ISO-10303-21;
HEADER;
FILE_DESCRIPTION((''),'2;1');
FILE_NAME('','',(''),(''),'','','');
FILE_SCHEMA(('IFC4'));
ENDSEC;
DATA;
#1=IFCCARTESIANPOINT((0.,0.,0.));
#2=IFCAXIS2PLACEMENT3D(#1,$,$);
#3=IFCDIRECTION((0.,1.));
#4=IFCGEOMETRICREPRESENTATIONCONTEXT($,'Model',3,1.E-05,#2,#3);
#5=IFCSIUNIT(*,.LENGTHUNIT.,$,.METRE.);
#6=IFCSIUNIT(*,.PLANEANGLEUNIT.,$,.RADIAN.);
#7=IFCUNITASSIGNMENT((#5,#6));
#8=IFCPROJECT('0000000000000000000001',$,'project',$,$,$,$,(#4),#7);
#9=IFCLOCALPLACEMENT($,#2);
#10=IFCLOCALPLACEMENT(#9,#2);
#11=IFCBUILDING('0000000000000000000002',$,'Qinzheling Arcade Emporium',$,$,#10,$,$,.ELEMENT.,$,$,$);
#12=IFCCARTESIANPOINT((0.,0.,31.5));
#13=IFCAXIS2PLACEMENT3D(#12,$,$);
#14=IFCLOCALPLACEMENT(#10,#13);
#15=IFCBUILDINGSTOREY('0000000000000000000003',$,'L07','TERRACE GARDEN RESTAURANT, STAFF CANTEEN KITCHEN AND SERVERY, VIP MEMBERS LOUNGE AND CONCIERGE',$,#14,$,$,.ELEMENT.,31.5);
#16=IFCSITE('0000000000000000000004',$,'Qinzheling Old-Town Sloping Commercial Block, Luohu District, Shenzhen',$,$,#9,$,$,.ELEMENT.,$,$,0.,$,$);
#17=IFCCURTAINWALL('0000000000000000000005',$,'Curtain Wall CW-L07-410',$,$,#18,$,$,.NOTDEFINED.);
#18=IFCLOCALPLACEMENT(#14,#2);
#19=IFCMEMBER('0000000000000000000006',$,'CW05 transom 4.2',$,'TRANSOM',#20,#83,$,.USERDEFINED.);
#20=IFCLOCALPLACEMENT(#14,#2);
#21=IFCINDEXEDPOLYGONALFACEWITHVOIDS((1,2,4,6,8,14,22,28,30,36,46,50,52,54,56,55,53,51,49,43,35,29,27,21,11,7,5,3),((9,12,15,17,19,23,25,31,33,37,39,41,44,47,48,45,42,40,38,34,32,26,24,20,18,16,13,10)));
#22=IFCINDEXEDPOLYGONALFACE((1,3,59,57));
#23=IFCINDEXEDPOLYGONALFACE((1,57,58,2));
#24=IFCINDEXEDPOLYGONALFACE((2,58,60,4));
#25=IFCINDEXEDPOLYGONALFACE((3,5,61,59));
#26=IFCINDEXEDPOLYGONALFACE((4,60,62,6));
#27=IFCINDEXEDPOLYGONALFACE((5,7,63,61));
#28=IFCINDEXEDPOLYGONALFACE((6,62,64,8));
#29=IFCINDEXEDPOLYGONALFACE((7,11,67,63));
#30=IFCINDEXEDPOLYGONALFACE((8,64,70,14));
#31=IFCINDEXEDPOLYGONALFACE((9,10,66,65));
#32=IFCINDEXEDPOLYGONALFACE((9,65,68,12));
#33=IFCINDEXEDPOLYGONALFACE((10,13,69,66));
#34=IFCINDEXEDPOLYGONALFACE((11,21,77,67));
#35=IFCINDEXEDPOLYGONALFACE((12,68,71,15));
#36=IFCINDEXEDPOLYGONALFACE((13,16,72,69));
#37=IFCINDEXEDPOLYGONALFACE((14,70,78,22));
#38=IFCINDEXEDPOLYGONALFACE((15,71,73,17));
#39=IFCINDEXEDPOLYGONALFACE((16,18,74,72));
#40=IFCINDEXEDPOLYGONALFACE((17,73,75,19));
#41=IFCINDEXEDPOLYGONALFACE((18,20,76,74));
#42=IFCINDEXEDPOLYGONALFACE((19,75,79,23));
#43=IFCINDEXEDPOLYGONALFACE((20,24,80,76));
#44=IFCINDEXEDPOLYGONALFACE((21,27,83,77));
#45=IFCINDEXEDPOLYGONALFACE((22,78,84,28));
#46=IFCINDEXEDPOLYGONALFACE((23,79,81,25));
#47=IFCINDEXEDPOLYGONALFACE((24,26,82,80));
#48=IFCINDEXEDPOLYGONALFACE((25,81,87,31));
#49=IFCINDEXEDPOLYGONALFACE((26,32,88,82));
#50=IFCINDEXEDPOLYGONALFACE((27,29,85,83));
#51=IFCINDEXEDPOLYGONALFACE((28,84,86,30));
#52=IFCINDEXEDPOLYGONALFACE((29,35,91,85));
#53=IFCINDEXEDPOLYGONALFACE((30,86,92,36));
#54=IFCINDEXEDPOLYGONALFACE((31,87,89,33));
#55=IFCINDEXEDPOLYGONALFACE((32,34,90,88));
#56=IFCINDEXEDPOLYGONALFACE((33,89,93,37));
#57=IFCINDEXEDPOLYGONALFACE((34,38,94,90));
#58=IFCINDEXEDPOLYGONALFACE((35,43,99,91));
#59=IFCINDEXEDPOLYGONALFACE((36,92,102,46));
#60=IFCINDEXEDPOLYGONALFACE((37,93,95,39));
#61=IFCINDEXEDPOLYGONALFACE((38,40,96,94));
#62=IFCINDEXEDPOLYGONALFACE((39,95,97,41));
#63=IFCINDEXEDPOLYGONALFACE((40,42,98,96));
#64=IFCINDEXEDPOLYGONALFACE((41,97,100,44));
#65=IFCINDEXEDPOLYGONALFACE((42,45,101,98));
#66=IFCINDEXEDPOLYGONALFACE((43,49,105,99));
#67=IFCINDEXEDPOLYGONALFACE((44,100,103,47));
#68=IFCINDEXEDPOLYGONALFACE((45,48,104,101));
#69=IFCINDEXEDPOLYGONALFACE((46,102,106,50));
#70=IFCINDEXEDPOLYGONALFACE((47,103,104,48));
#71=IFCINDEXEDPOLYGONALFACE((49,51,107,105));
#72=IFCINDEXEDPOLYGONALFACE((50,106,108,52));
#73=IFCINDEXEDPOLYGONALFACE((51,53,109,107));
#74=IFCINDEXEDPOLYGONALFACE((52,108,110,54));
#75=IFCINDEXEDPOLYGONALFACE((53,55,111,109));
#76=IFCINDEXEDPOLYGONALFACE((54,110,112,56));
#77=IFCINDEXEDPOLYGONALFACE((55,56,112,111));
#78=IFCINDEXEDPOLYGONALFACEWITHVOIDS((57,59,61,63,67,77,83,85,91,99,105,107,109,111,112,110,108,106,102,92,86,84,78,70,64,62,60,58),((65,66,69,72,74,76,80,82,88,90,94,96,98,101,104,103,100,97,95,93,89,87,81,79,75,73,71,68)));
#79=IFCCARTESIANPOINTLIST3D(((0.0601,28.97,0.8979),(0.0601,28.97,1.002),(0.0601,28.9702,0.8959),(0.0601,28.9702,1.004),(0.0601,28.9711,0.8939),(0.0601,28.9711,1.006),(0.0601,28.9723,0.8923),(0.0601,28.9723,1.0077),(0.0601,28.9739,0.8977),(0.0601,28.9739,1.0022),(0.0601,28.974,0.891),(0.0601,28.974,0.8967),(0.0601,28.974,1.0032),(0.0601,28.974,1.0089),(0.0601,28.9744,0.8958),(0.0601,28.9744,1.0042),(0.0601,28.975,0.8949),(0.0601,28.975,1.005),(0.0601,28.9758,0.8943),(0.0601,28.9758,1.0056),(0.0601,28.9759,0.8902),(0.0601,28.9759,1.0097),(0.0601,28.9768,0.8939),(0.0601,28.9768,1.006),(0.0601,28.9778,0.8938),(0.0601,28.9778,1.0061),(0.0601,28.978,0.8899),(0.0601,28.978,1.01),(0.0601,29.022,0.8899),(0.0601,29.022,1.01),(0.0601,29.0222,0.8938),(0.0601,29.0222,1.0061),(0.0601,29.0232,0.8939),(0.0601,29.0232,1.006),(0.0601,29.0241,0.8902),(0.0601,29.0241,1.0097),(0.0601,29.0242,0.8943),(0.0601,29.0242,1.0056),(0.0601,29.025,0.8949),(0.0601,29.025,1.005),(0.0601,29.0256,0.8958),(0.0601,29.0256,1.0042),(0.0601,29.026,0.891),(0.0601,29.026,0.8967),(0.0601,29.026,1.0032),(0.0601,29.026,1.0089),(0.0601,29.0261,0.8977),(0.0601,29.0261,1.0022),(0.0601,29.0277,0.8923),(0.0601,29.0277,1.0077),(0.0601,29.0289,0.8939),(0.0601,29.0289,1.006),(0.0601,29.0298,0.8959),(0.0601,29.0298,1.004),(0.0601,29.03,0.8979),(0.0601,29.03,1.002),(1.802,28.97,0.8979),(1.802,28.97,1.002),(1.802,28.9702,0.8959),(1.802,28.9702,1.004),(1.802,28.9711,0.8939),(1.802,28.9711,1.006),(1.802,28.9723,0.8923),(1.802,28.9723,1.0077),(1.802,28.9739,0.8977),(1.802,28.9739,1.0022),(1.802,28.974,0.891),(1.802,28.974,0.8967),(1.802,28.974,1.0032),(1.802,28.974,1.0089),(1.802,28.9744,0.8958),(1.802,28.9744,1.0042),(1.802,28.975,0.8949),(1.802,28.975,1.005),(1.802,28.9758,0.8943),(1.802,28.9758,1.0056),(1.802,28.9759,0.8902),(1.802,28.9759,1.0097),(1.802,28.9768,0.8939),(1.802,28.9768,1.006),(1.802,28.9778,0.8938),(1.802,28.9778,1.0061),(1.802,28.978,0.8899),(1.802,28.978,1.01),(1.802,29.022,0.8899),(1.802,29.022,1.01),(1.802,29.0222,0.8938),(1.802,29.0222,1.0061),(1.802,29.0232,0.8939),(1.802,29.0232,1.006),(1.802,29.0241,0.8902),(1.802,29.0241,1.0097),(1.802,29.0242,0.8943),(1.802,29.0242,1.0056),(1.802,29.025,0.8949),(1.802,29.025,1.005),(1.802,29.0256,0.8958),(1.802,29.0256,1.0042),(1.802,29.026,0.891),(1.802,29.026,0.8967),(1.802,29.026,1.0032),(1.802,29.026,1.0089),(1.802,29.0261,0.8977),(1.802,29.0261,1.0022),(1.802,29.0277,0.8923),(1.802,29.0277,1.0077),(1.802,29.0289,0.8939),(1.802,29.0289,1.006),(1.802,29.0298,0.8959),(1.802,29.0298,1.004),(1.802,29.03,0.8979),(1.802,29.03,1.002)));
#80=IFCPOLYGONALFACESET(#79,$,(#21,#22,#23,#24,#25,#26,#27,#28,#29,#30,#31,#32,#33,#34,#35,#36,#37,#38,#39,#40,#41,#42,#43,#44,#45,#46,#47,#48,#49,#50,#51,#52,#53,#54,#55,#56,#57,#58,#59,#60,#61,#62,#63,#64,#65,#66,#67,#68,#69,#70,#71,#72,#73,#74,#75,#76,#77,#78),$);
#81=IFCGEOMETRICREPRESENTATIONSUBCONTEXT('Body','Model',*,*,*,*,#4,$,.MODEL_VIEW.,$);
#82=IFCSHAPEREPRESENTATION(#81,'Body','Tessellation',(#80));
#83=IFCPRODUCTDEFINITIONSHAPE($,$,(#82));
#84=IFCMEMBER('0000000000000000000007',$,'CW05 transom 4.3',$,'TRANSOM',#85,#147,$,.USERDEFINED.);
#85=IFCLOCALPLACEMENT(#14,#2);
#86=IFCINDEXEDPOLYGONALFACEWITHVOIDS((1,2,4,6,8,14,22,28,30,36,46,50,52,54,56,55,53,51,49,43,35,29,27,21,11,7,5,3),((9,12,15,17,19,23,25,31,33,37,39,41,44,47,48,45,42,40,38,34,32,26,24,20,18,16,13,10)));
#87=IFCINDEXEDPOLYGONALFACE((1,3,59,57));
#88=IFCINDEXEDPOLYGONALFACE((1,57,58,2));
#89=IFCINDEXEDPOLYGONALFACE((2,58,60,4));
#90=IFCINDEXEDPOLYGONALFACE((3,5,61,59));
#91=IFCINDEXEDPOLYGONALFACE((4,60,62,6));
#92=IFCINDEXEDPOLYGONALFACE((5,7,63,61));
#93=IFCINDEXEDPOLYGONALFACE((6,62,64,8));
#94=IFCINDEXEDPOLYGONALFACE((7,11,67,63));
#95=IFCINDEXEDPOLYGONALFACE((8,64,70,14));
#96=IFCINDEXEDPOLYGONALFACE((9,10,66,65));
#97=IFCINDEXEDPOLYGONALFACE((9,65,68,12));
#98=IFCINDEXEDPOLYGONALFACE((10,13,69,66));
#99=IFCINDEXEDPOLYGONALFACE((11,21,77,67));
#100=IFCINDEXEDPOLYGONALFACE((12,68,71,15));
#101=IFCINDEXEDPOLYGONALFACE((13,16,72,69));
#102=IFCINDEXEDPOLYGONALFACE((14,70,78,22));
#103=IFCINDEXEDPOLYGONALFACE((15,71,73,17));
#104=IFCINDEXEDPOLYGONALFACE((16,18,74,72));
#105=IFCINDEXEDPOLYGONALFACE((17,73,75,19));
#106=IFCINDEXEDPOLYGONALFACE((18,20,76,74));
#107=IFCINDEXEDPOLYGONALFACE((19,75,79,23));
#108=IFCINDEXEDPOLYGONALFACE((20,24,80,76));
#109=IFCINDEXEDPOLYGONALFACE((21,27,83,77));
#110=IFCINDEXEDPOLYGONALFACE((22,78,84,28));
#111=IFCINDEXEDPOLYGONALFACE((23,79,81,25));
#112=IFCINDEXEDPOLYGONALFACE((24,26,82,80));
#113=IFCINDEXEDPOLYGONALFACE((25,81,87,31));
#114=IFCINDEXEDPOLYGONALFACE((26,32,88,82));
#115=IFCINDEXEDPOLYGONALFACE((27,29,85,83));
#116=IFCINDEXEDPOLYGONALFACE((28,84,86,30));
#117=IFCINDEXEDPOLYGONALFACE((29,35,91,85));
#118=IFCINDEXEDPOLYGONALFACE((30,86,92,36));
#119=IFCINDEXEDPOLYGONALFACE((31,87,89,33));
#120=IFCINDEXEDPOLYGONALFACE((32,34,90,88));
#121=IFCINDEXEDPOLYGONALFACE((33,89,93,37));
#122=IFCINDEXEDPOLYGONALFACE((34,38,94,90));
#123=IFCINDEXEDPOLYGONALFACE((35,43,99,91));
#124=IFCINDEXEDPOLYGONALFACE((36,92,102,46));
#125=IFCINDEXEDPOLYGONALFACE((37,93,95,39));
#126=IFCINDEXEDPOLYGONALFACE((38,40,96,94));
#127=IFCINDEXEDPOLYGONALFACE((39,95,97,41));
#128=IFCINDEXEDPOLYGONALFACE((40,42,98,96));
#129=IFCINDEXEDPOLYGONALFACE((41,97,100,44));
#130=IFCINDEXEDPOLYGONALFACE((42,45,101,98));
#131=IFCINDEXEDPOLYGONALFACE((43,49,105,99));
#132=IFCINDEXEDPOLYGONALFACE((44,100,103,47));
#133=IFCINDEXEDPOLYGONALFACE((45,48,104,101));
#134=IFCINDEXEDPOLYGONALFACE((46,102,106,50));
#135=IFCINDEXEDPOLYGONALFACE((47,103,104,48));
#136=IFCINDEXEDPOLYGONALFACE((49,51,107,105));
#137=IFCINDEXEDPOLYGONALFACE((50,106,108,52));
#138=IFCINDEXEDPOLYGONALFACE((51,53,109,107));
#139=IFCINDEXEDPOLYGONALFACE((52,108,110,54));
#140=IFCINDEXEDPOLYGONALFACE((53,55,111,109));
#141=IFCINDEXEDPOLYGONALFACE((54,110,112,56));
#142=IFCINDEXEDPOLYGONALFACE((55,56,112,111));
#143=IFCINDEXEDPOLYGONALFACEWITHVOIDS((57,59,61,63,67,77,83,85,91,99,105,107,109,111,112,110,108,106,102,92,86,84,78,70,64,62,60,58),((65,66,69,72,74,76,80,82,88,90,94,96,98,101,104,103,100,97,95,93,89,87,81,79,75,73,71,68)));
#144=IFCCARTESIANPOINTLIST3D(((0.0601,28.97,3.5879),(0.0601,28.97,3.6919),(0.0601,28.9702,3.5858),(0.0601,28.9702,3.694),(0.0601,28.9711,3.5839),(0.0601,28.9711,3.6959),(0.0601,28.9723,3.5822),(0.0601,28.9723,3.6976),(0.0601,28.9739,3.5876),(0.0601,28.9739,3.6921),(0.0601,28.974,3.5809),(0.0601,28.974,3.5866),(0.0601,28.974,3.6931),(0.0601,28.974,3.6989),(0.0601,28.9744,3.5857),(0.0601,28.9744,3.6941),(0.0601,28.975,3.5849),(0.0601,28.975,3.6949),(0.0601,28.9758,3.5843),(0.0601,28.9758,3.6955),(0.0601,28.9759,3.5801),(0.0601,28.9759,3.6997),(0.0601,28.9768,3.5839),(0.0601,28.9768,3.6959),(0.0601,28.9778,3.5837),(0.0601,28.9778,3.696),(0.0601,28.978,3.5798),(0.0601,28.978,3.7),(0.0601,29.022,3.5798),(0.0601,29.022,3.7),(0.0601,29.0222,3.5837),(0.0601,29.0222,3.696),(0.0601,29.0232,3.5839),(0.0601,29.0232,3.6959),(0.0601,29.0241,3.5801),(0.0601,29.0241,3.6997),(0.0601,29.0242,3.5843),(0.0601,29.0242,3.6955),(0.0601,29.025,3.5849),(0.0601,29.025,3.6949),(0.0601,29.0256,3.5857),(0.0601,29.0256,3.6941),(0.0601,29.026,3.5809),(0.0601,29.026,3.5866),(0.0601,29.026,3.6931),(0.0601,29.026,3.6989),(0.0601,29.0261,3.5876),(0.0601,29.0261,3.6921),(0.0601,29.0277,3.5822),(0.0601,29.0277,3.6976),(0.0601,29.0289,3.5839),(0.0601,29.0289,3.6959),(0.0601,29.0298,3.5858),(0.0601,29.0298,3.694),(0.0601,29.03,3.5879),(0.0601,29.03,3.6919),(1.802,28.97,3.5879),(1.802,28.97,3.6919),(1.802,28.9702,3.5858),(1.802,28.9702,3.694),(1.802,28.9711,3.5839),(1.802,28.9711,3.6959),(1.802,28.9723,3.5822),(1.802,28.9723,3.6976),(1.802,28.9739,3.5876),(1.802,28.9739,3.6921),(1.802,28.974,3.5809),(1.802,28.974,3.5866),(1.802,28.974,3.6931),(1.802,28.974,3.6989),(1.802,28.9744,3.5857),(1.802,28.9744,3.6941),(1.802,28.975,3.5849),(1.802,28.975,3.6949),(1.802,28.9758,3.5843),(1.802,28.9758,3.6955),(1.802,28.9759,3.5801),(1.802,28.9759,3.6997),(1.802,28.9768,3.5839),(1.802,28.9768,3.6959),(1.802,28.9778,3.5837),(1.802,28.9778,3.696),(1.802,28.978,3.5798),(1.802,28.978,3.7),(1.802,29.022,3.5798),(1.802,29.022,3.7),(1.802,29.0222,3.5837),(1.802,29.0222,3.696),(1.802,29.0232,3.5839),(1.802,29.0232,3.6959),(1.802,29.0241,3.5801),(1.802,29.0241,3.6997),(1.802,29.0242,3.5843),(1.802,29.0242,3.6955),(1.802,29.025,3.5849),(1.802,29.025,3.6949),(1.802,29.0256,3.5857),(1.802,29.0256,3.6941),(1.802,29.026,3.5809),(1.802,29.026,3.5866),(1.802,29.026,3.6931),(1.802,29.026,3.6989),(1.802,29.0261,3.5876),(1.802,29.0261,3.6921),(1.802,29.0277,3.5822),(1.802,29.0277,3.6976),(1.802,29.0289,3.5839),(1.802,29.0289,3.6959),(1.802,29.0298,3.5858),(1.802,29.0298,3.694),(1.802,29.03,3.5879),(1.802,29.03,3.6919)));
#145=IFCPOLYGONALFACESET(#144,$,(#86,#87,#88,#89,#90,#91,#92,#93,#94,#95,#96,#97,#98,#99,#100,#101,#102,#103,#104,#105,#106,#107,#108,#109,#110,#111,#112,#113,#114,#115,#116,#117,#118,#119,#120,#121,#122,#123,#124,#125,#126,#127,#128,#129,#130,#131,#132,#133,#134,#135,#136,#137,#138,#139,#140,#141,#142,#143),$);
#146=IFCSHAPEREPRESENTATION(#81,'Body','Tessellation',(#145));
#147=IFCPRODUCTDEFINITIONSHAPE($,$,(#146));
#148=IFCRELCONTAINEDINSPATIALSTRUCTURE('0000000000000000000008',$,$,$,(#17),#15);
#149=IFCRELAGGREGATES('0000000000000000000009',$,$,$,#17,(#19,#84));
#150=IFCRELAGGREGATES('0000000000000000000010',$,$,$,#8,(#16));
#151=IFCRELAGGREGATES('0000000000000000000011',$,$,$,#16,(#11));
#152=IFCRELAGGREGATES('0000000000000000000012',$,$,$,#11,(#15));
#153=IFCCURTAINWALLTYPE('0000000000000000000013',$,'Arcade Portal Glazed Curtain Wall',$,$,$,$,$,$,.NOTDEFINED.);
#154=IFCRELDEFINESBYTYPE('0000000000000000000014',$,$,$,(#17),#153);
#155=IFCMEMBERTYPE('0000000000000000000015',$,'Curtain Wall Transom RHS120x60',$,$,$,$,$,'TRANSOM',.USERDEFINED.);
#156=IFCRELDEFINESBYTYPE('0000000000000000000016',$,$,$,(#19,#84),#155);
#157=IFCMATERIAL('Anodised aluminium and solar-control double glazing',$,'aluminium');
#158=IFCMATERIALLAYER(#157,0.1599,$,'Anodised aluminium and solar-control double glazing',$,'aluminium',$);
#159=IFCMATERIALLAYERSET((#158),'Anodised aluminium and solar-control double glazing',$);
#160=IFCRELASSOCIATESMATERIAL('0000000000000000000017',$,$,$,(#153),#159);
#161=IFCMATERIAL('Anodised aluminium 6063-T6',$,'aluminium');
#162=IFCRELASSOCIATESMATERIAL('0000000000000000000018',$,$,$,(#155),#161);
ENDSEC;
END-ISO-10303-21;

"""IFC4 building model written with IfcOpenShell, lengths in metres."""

from ifc_helpers import new_model, si_unit, direction, frame, origin, origin_2d, place, context, subcontext, project, spatial, hollow_rectangle, extrude, material, layer, layer_set, material_profile, profile_set, type_object, element, aggregate, save


model = new_model("IFC4")

# Units and contexts
model_context = context("Model", 3, precision=1e-05, world=origin(), true_north=direction((0.0, 1.0)))
body_context = subcontext(model_context, "Body", "Model", "MODEL_VIEW")
ifc_project = project(units=[si_unit("LENGTHUNIT", "METRE"), si_unit("PLANEANGLEUNIT", "RADIAN")], contexts=[model_context])

# Site, building, storey
site_placement = place(None, origin())
site = spatial("IfcSite", under=ifc_project, at=site_placement, Name="Qinzheling Old-Town Sloping Commercial Block, Luohu District, Shenzhen", CompositionType="ELEMENT", RefElevation=0.0)
building_placement = place(site_placement, origin())
building = spatial("IfcBuilding", under=site, at=building_placement, Name="Qinzheling Arcade Emporium", CompositionType="ELEMENT")
storey_placement = place(building_placement, frame((0.0, 0.0, 31.5)))
storey = spatial("IfcBuildingStorey", under=building, at=storey_placement, Name="L07", Description="TERRACE GARDEN RESTAURANT, STAFF CANTEEN KITCHEN AND SERVERY, VIP MEMBERS LOUNGE AND CONCIERGE", CompositionType="ELEMENT", Elevation=31.5)

# Curtain wall, members
ifc_material_1 = material(Name="Anodised aluminium and solar-control double glazing", Category="aluminium")
ifc_layer_1 = layer(ifc_material_1, 0.1599, Name="Anodised aluminium and solar-control double glazing", Category="aluminium")
ifc_layer_set_1 = layer_set([ifc_layer_1], Name="Anodised aluminium and solar-control double glazing")
curtain_wall_type = type_object("IfcCurtainWallType", Name="Arcade Portal Glazed Curtain Wall", PredefinedType="NOTDEFINED", material=ifc_layer_set_1)
curtain_wall_placement = place(storey_placement, origin())
curtain_wall = element("IfcCurtainWall", 1, at=curtain_wall_placement, inside=storey, type_object=curtain_wall_type, Name="Curtain Wall CW-L07-410", PredefinedType="NOTDEFINED")
ifc_material_2 = material(Name="Anodised aluminium 6063-T6", Category="aluminium")
ifc_material_profile_1 = material_profile(ifc_material_2, hollow_rectangle(XDim=0.0601, YDim=0.1201, WallThickness=0.0039, InnerFilletRadius=0.0039, OuterFilletRadius=0.0081, at=origin_2d()), Name="RHS 120x60x4", Category="aluminium")
ifc_profile_set_1 = profile_set([ifc_material_profile_1], Name="Anodised aluminium 6063-T6")
member_type_1 = type_object("IfcMemberType", Name="Curtain Wall Transom RHS120x60", ElementType="TRANSOM", PredefinedType="USERDEFINED", material=ifc_profile_set_1)
member_1_placement = place(storey_placement, frame((1.802, 29.0, 0.95), z_axis=(-1.0, 0.0, 0.0), x_axis=(0.0, -1.0, 0.0)))
member_1 = element("IfcMember", 2, at=member_1_placement, type_object=member_type_1, Name="CW05 transom 4.2", ObjectType="TRANSOM", PredefinedType="USERDEFINED", context=body_context, shape_type="SweptSolid", body=[
    extrude(hollow_rectangle(XDim=0.0601, YDim=0.1201, WallThickness=0.0039, InnerFilletRadius=0.0039, OuterFilletRadius=0.0081, at=origin_2d()), origin(), (0.0, 0.0, 1.0), 1.7419),
])
member_2_placement = place(storey_placement, frame((1.802, 29.0, 3.6399), z_axis=(-1.0, 0.0, 0.0), x_axis=(0.0, -1.0, 0.0)))
member_2 = element("IfcMember", 3, at=member_2_placement, type_object=member_type_1, Name="CW05 transom 4.3", ObjectType="TRANSOM", PredefinedType="USERDEFINED", context=body_context, shape_type="SweptSolid", body=[
    extrude(hollow_rectangle(XDim=0.0601, YDim=0.1201, WallThickness=0.0039, InnerFilletRadius=0.0039, OuterFilletRadius=0.0081, at=origin_2d()), origin(), (0.0, 0.0, 1.0), 1.7419),
])
aggregate(curtain_wall, [member_1, member_2])

save(model, "model.ifc")
